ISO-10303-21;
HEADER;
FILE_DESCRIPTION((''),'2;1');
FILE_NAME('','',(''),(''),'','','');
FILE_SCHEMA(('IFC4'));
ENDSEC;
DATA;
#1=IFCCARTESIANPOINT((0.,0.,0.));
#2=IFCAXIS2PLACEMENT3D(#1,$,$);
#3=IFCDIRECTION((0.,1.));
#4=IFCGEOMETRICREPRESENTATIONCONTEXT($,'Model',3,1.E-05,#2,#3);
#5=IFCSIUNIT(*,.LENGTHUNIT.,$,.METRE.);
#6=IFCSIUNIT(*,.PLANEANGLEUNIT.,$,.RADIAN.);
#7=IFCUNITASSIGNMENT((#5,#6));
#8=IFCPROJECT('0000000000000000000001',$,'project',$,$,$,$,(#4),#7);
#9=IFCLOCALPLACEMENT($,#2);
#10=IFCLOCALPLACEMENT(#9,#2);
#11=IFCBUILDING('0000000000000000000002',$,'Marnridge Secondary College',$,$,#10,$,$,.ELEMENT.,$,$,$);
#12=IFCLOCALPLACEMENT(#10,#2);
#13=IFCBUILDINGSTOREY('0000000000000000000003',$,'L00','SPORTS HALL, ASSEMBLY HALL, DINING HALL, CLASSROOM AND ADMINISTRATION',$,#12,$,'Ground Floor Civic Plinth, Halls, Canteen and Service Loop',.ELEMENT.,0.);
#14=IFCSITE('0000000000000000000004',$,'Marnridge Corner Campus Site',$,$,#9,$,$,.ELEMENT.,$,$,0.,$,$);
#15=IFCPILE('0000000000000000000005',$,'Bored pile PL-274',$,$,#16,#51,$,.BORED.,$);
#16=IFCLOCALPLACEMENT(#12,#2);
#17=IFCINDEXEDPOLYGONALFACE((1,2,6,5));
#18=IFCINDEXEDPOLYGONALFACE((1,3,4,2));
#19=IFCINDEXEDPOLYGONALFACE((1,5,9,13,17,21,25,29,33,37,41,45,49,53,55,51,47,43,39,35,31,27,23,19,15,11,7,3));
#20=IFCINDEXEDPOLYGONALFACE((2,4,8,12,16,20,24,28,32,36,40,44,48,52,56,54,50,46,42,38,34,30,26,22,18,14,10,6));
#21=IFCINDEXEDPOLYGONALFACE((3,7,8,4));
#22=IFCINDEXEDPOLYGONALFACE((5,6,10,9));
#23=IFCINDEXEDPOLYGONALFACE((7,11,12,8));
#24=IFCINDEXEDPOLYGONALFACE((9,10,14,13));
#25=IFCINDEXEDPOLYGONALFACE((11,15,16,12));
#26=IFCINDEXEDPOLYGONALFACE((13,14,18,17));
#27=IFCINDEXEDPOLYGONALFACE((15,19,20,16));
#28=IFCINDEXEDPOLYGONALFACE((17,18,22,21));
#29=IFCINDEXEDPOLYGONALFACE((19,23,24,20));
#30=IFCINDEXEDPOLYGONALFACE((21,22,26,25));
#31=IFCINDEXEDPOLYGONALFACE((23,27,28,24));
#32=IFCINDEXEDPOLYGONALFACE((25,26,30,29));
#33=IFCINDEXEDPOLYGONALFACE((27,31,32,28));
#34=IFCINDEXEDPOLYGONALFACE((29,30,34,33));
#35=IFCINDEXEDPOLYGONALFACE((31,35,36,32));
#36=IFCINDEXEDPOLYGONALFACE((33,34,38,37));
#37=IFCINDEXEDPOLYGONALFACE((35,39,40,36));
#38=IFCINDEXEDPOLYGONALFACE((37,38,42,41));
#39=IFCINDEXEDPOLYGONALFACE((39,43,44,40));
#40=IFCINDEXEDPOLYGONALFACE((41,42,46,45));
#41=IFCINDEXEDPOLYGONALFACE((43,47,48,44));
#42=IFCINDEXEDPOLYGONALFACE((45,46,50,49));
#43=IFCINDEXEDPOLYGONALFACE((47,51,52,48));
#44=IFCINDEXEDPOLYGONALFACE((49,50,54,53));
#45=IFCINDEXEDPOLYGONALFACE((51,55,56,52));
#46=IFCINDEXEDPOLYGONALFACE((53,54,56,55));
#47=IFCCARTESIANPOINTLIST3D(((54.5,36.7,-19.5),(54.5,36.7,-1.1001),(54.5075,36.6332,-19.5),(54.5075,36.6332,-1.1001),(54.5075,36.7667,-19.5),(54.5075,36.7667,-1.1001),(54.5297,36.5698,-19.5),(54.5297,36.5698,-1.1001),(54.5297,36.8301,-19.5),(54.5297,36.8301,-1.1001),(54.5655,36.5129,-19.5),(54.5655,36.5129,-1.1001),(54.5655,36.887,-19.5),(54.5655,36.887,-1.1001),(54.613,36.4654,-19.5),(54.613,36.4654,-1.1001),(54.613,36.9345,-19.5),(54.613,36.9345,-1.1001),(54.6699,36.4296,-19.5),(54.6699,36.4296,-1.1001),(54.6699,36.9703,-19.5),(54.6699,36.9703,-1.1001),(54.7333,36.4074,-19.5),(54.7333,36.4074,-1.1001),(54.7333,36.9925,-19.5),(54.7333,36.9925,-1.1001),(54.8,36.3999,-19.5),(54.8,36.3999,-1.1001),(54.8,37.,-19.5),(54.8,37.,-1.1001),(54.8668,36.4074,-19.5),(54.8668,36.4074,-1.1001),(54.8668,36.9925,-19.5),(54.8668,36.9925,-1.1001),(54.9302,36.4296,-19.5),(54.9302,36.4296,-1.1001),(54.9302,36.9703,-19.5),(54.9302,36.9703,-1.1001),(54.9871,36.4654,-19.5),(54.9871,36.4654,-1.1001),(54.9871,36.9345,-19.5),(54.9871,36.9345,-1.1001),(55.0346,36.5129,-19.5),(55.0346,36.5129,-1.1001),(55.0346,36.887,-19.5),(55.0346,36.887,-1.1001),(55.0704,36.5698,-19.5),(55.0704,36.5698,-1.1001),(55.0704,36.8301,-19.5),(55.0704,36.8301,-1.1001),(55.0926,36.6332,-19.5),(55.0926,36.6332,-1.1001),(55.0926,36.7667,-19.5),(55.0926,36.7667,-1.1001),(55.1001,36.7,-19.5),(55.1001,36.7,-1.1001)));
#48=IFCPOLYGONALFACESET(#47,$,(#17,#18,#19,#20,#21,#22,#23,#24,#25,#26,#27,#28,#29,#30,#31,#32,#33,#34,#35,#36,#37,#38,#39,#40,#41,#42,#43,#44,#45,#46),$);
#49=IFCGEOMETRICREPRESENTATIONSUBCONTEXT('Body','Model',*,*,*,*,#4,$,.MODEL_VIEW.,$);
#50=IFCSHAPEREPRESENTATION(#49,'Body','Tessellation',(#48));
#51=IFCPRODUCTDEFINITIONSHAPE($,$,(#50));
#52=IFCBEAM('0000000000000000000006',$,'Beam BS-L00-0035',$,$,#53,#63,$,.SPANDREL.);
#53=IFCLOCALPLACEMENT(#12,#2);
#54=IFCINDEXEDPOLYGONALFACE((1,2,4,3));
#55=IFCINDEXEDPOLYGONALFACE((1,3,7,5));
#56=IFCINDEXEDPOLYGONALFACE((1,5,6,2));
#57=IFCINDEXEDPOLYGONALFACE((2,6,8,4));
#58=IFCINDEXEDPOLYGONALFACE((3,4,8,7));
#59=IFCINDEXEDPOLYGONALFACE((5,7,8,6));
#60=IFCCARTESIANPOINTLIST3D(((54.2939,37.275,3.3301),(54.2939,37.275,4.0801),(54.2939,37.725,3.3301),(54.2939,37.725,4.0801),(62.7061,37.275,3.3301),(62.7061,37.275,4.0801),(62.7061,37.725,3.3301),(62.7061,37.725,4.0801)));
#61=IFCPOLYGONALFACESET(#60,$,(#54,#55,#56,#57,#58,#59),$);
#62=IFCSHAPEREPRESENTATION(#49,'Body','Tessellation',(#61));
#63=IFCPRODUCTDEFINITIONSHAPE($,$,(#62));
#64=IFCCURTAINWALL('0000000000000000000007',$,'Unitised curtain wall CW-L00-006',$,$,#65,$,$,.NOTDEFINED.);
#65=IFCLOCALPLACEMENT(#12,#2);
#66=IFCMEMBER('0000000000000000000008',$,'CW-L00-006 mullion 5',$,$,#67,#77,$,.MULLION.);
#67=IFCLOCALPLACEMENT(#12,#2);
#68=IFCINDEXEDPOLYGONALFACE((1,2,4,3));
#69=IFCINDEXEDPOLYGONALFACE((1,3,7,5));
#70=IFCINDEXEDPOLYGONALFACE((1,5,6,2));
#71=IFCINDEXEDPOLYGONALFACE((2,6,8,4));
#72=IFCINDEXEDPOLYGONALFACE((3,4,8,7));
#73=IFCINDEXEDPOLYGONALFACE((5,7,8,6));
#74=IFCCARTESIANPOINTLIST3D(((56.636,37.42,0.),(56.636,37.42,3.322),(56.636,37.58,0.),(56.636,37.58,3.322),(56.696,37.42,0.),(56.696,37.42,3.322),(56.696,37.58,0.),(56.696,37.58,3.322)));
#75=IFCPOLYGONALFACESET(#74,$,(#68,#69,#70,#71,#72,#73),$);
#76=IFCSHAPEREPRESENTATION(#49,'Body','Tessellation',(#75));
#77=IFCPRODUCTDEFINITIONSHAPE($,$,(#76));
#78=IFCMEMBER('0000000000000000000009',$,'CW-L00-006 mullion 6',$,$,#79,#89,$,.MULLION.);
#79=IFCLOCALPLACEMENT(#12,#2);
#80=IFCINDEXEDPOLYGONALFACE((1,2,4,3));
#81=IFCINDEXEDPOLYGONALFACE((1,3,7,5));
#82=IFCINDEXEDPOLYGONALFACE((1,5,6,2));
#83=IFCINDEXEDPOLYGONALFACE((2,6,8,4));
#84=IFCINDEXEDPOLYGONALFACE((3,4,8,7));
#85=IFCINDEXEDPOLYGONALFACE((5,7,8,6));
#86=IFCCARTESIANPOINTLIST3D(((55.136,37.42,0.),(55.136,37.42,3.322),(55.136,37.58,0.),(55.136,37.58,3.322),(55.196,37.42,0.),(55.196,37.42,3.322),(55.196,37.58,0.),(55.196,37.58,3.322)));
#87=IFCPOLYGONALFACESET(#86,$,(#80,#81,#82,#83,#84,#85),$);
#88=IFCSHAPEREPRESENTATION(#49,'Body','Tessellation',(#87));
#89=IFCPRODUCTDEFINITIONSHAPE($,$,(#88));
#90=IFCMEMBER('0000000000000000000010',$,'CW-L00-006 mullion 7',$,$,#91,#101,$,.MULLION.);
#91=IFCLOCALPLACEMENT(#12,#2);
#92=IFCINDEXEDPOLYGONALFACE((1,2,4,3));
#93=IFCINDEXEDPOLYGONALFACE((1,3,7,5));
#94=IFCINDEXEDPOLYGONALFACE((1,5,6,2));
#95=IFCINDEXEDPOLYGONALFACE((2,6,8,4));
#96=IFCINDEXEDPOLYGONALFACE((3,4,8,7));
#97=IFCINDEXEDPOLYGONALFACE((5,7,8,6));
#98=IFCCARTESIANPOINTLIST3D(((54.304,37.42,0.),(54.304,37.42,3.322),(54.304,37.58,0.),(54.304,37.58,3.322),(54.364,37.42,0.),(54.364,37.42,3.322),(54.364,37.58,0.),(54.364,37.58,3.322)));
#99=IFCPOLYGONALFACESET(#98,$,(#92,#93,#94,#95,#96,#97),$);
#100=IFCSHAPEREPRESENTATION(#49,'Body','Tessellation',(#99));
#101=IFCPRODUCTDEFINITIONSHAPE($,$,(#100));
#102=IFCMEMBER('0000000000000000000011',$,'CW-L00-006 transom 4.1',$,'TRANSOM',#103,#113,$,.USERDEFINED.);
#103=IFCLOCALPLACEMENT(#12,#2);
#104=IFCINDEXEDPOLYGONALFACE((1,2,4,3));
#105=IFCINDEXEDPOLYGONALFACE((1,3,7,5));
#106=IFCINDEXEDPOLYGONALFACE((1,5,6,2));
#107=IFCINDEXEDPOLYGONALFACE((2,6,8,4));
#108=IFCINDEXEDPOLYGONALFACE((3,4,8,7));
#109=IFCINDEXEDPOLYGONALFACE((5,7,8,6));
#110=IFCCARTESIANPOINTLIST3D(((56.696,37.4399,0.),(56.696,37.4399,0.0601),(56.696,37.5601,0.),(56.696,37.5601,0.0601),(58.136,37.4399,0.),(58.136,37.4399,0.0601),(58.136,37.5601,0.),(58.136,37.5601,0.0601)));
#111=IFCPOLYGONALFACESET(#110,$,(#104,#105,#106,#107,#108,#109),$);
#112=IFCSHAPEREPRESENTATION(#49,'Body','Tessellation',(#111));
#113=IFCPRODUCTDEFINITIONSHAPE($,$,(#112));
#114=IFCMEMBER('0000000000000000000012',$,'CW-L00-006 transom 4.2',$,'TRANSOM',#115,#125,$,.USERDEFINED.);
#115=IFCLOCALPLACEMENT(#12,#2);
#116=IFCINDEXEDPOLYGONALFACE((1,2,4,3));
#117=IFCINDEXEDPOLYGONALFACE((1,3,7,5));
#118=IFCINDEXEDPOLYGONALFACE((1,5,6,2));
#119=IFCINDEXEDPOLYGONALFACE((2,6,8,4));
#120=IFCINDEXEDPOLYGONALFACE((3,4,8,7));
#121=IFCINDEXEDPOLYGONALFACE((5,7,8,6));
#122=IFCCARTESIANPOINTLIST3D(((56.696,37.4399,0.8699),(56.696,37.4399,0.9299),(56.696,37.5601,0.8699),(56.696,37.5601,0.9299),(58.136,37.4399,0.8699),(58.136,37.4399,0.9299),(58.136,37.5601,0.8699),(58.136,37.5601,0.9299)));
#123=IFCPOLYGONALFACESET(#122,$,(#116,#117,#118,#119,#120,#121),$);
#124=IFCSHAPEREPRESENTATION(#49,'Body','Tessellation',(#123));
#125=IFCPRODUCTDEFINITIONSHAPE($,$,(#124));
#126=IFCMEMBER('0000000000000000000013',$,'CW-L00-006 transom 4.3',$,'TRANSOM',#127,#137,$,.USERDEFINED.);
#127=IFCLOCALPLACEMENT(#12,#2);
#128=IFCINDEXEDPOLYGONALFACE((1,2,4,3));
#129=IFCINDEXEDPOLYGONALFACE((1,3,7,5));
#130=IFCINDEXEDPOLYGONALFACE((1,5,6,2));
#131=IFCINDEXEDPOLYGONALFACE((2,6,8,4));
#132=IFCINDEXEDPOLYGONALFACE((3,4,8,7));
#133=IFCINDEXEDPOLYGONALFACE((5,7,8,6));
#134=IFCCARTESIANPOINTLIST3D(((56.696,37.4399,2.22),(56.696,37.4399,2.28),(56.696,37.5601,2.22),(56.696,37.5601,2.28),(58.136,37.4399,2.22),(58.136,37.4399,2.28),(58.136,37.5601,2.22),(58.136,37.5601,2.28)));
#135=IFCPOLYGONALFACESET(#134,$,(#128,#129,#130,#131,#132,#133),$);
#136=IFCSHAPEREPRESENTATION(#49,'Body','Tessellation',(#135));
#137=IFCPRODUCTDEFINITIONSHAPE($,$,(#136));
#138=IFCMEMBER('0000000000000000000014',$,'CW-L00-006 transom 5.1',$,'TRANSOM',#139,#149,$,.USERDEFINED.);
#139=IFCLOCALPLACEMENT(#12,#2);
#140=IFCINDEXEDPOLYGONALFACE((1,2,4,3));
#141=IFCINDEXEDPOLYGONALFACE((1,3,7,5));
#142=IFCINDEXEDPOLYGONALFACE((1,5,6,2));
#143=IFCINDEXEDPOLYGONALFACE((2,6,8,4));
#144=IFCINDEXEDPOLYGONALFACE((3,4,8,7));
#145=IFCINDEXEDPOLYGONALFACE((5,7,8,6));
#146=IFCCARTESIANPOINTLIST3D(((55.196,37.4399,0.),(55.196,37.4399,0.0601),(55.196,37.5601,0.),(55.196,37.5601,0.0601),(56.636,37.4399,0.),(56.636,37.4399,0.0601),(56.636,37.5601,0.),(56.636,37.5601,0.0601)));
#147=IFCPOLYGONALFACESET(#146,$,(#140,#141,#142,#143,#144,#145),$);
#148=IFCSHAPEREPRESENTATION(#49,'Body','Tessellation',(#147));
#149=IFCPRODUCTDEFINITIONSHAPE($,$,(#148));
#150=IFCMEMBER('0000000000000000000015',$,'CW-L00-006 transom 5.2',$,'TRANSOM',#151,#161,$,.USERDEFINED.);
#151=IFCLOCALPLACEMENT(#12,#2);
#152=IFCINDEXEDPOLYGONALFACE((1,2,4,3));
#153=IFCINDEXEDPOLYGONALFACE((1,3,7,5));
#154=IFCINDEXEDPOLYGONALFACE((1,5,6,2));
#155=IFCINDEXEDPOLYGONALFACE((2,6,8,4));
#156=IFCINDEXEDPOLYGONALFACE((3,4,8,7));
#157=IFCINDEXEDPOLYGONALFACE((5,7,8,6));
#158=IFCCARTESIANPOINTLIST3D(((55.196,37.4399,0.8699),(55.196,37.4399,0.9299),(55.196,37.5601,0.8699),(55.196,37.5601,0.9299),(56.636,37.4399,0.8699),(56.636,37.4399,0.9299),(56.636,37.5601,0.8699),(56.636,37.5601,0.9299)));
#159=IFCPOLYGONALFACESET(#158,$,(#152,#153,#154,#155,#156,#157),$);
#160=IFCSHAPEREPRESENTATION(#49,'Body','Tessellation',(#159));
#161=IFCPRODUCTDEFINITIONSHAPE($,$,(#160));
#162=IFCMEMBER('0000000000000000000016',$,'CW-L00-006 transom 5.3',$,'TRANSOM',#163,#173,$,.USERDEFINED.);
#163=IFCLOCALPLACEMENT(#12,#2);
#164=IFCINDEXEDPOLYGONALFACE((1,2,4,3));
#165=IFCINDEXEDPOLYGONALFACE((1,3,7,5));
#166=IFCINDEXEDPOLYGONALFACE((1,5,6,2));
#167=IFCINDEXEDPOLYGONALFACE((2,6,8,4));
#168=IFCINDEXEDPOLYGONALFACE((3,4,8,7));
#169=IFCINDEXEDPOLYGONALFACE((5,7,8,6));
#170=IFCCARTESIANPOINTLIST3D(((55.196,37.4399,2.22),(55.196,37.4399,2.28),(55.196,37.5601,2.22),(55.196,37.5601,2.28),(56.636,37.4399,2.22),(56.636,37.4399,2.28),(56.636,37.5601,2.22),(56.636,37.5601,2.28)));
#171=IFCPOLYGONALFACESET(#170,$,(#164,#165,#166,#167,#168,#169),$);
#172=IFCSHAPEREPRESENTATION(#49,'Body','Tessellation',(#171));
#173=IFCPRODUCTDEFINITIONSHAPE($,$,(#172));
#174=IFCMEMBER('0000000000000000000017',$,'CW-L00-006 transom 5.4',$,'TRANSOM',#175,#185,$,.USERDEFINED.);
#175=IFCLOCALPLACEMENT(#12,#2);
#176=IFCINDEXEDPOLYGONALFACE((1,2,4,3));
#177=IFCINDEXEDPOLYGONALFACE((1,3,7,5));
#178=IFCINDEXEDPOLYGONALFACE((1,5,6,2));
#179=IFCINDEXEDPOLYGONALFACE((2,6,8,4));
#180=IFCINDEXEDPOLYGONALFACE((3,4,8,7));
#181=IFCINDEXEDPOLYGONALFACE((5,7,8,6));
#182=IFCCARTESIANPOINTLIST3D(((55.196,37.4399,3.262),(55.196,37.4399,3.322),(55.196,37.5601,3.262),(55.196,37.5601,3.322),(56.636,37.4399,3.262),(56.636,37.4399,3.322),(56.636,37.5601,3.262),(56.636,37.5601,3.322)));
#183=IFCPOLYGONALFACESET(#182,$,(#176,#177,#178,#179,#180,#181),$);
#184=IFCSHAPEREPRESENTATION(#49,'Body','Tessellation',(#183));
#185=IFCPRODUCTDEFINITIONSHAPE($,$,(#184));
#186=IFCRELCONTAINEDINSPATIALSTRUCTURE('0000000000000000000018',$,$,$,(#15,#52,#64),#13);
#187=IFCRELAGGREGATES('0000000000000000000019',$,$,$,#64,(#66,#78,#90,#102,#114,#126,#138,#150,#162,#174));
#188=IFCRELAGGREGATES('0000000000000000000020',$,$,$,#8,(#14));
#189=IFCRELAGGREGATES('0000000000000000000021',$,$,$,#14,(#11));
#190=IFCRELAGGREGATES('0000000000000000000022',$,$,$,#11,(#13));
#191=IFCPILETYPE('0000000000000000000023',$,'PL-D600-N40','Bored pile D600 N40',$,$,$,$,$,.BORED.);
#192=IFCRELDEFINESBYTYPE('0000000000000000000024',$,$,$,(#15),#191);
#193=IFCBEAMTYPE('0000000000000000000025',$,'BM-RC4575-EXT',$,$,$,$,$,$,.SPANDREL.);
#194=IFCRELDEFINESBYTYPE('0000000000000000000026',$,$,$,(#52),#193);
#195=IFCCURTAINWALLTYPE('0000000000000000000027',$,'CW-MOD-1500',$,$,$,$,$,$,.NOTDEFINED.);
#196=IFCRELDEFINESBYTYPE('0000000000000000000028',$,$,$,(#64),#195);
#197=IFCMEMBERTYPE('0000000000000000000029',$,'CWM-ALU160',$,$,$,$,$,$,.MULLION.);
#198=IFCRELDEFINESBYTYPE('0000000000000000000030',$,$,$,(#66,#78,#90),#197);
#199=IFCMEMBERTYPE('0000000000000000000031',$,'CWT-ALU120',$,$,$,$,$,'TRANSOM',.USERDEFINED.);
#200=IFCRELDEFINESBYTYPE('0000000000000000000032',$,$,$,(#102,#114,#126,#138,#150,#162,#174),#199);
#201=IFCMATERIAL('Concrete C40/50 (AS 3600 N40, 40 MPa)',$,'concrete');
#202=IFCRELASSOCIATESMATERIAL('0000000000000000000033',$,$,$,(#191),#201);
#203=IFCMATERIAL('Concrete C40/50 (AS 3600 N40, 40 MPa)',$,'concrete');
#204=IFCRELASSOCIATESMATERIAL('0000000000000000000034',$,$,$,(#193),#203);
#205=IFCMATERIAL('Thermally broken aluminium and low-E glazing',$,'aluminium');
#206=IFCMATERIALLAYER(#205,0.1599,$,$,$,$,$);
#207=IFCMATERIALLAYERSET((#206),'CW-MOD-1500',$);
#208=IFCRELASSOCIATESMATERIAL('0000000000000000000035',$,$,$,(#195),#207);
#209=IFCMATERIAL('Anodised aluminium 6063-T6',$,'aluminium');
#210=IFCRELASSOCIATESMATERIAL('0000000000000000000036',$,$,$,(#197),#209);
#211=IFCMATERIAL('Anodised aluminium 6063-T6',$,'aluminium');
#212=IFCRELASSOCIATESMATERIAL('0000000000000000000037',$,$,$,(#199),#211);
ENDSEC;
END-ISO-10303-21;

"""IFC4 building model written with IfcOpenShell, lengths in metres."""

from ifc_helpers import new_model, si_unit, direction, frame, origin, origin_2d, place, context, subcontext, project, spatial, rectangle, circle, extrude, material, layer, layer_set, material_profile, profile_set, type_object, element, aggregate, save


model = new_model("IFC4")

# Units and contexts
model_context = context("Model", 3, precision=1e-05, world=origin(), true_north=direction((0.0, 1.0)))
body_context = subcontext(model_context, "Body", "Model", "MODEL_VIEW")
ifc_project = project(units=[si_unit("LENGTHUNIT", "METRE"), si_unit("PLANEANGLEUNIT", "RADIAN")], contexts=[model_context])

# Site, building, storey
site_placement = place(None, origin())
site = spatial("IfcSite", under=ifc_project, at=site_placement, Name="Marnridge Corner Campus Site", CompositionType="ELEMENT", RefElevation=0.0)
building_placement = place(site_placement, origin())
building = spatial("IfcBuilding", under=site, at=building_placement, Name="Marnridge Secondary College", CompositionType="ELEMENT")
storey_placement = place(building_placement, origin())
storey = spatial("IfcBuildingStorey", under=building, at=storey_placement, Name="L00", Description="SPORTS HALL, ASSEMBLY HALL, DINING HALL, CLASSROOM AND ADMINISTRATION", LongName="Ground Floor Civic Plinth, Halls, Canteen and Service Loop", CompositionType="ELEMENT", Elevation=0.0)

# Pile
ifc_material_1 = material(Name="Concrete C40/50 (AS 3600 N40, 40 MPa)", Category="concrete")
ifc_material_profile_1 = material_profile(ifc_material_1, circle(Radius=0.3, at=origin_2d()), Name="PILE D600")
ifc_profile_set_1 = profile_set([ifc_material_profile_1], Name="Concrete C40/50 (AS 3600 N40, 40 MPa)")
pile_type = type_object("IfcPileType", Name="PL-D600-N40", Description="Bored pile D600 N40", PredefinedType="BORED", material=ifc_profile_set_1)
pile_placement = place(storey_placement, frame((54.8, 36.7, -1.1001), z_axis=(0.0, 0.0, -1.0), x_axis=(1.0, 0.0, 0.0)))
element("IfcPile", 1, at=pile_placement, inside=storey, type_object=pile_type, Name="Bored pile PL-274", PredefinedType="BORED", context=body_context, shape_type="SweptSolid", body=[
    extrude(circle(Radius=0.3, at=origin_2d()), origin(), (0.0, 0.0, 1.0), 18.3999),
])

# Beam
ifc_material_2 = material(Name="Concrete C40/50 (AS 3600 N40, 40 MPa)", Category="concrete")
ifc_material_profile_2 = material_profile(ifc_material_2, rectangle(XDim=0.45, YDim=0.75, at=origin_2d()), Name="RC 450x750")
ifc_profile_set_2 = profile_set([ifc_material_profile_2], Name="Concrete C40/50 (AS 3600 N40, 40 MPa)")
beam_type = type_object("IfcBeamType", Name="BM-RC4575-EXT", PredefinedType="SPANDREL", material=ifc_profile_set_2)
beam_placement = place(storey_placement, frame((54.2939, 37.5, 3.7051), z_axis=(1.0, 0.0, 0.0), x_axis=(0.0, 1.0, 0.0)))
element("IfcBeam", 2, at=beam_placement, inside=storey, type_object=beam_type, Name="Beam BS-L00-0035", PredefinedType="SPANDREL", context=body_context, shape_type="SweptSolid", body=[
    extrude(rectangle(XDim=0.45, YDim=0.75, at=origin_2d()), origin(), (0.0, 0.0, 1.0), 8.4121),
])

# Curtain wall, members
ifc_material_3 = material(Name="Thermally broken aluminium and low-E glazing", Category="aluminium")
ifc_layer_1 = layer(ifc_material_3, 0.1599)
ifc_layer_set_1 = layer_set([ifc_layer_1], Name="CW-MOD-1500")
curtain_wall_type = type_object("IfcCurtainWallType", Name="CW-MOD-1500", PredefinedType="NOTDEFINED", material=ifc_layer_set_1)
curtain_wall_placement = place(storey_placement, origin())
curtain_wall = element("IfcCurtainWall", 3, at=curtain_wall_placement, inside=storey, type_object=curtain_wall_type, Name="Unitised curtain wall CW-L00-006", PredefinedType="NOTDEFINED")
ifc_material_4 = material(Name="Anodised aluminium 6063-T6", Category="aluminium")
ifc_material_profile_3 = material_profile(ifc_material_4, rectangle(XDim=0.0601, YDim=0.1599, at=origin_2d()), Name="ALU 60x160")
ifc_profile_set_3 = profile_set([ifc_material_profile_3], Name="Anodised aluminium 6063-T6")
member_type_1 = type_object("IfcMemberType", Name="CWM-ALU160", PredefinedType="MULLION", material=ifc_profile_set_3)
member_1_placement = place(storey_placement, frame((56.666, 37.5, 0.0), z_axis=(0.0, 0.0, 1.0), x_axis=(-1.0, 0.0, 0.0)))
member_1 = element("IfcMember", 4, at=member_1_placement, type_object=member_type_1, Name="CW-L00-006 mullion 5", PredefinedType="MULLION", context=body_context, shape_type="SweptSolid", body=[
    extrude(rectangle(XDim=0.0601, YDim=0.1599, at=origin_2d()), origin(), (0.0, 0.0, 1.0), 3.322),
])
member_2_placement = place(storey_placement, frame((55.166, 37.5, 0.0), z_axis=(0.0, 0.0, 1.0), x_axis=(-1.0, 0.0, 0.0)))
member_2 = element("IfcMember", 5, at=member_2_placement, type_object=member_type_1, Name="CW-L00-006 mullion 6", PredefinedType="MULLION", context=body_context, shape_type="SweptSolid", body=[
    extrude(rectangle(XDim=0.0601, YDim=0.1599, at=origin_2d()), origin(), (0.0, 0.0, 1.0), 3.322),
])
member_3_placement = place(storey_placement, frame((54.334, 37.5, 0.0), z_axis=(0.0, 0.0, 1.0), x_axis=(-1.0, 0.0, 0.0)))
member_3 = element("IfcMember", 6, at=member_3_placement, type_object=member_type_1, Name="CW-L00-006 mullion 7", PredefinedType="MULLION", context=body_context, shape_type="SweptSolid", body=[
    extrude(rectangle(XDim=0.0601, YDim=0.1599, at=origin_2d()), origin(), (0.0, 0.0, 1.0), 3.322),
])
ifc_material_5 = material(Name="Anodised aluminium 6063-T6", Category="aluminium")
ifc_material_profile_4 = material_profile(ifc_material_5, rectangle(XDim=0.0601, YDim=0.1201, at=origin_2d()), Name="ALU 60x120")
ifc_profile_set_4 = profile_set([ifc_material_profile_4], Name="Anodised aluminium 6063-T6")
member_type_2 = type_object("IfcMemberType", Name="CWT-ALU120", ElementType="TRANSOM", PredefinedType="USERDEFINED", material=ifc_profile_set_4)
member_4_placement = place(storey_placement, frame((58.136, 37.5, 0.03), z_axis=(-1.0, 0.0, 0.0), x_axis=(0.0, 0.0, 1.0)))
member_4 = element("IfcMember", 7, at=member_4_placement, type_object=member_type_2, Name="CW-L00-006 transom 4.1", ObjectType="TRANSOM", PredefinedType="USERDEFINED", context=body_context, shape_type="SweptSolid", body=[
    extrude(rectangle(XDim=0.0601, YDim=0.1201, at=origin_2d()), origin(), (0.0, 0.0, 1.0), 1.4399),
])
member_5_placement = place(storey_placement, frame((58.136, 37.5, 0.8999), z_axis=(-1.0, 0.0, 0.0), x_axis=(0.0, 0.0, 1.0)))
member_5 = element("IfcMember", 8, at=member_5_placement, type_object=member_type_2, Name="CW-L00-006 transom 4.2", ObjectType="TRANSOM", PredefinedType="USERDEFINED", context=body_context, shape_type="SweptSolid", body=[
    extrude(rectangle(XDim=0.0601, YDim=0.1201, at=origin_2d()), origin(), (0.0, 0.0, 1.0), 1.4399),
])
member_6_placement = place(storey_placement, frame((58.136, 37.5, 2.25), z_axis=(-1.0, 0.0, 0.0), x_axis=(0.0, 0.0, 1.0)))
member_6 = element("IfcMember", 9, at=member_6_placement, type_object=member_type_2, Name="CW-L00-006 transom 4.3", ObjectType="TRANSOM", PredefinedType="USERDEFINED", context=body_context, shape_type="SweptSolid", body=[
    extrude(rectangle(XDim=0.0601, YDim=0.1201, at=origin_2d()), origin(), (0.0, 0.0, 1.0), 1.4399),
])
member_7_placement = place(storey_placement, frame((56.636, 37.5, 0.03), z_axis=(-1.0, 0.0, 0.0), x_axis=(0.0, 0.0, 1.0)))
member_7 = element("IfcMember", 10, at=member_7_placement, type_object=member_type_2, Name="CW-L00-006 transom 5.1", ObjectType="TRANSOM", PredefinedType="USERDEFINED", context=body_context, shape_type="SweptSolid", body=[
    extrude(rectangle(XDim=0.0601, YDim=0.1201, at=origin_2d()), origin(), (0.0, 0.0, 1.0), 1.4399),
])
member_8_placement = place(storey_placement, frame((56.636, 37.5, 0.8999), z_axis=(-1.0, 0.0, 0.0), x_axis=(0.0, 0.0, 1.0)))
member_8 = element("IfcMember", 11, at=member_8_placement, type_object=member_type_2, Name="CW-L00-006 transom 5.2", ObjectType="TRANSOM", PredefinedType="USERDEFINED", context=body_context, shape_type="SweptSolid", body=[
    extrude(rectangle(XDim=0.0601, YDim=0.1201, at=origin_2d()), origin(), (0.0, 0.0, 1.0), 1.4399),
])
member_9_placement = place(storey_placement, frame((56.636, 37.5, 2.25), z_axis=(-1.0, 0.0, 0.0), x_axis=(0.0, 0.0, 1.0)))
member_9 = element("IfcMember", 12, at=member_9_placement, type_object=member_type_2, Name="CW-L00-006 transom 5.3", ObjectType="TRANSOM", PredefinedType="USERDEFINED", context=body_context, shape_type="SweptSolid", body=[
    extrude(rectangle(XDim=0.0601, YDim=0.1201, at=origin_2d()), origin(), (0.0, 0.0, 1.0), 1.4399),
])
member_10_placement = place(storey_placement, frame((56.636, 37.5, 3.292), z_axis=(-1.0, 0.0, 0.0), x_axis=(0.0, 0.0, 1.0)))
member_10 = element("IfcMember", 13, at=member_10_placement, type_object=member_type_2, Name="CW-L00-006 transom 5.4", ObjectType="TRANSOM", PredefinedType="USERDEFINED", context=body_context, shape_type="SweptSolid", body=[
    extrude(rectangle(XDim=0.0601, YDim=0.1201, at=origin_2d()), origin(), (0.0, 0.0, 1.0), 1.4399),
])
aggregate(curtain_wall, [member_1, member_2, member_3, member_4, member_5, member_6, member_7, member_8, member_9, member_10])

save(model, "model.ifc")
